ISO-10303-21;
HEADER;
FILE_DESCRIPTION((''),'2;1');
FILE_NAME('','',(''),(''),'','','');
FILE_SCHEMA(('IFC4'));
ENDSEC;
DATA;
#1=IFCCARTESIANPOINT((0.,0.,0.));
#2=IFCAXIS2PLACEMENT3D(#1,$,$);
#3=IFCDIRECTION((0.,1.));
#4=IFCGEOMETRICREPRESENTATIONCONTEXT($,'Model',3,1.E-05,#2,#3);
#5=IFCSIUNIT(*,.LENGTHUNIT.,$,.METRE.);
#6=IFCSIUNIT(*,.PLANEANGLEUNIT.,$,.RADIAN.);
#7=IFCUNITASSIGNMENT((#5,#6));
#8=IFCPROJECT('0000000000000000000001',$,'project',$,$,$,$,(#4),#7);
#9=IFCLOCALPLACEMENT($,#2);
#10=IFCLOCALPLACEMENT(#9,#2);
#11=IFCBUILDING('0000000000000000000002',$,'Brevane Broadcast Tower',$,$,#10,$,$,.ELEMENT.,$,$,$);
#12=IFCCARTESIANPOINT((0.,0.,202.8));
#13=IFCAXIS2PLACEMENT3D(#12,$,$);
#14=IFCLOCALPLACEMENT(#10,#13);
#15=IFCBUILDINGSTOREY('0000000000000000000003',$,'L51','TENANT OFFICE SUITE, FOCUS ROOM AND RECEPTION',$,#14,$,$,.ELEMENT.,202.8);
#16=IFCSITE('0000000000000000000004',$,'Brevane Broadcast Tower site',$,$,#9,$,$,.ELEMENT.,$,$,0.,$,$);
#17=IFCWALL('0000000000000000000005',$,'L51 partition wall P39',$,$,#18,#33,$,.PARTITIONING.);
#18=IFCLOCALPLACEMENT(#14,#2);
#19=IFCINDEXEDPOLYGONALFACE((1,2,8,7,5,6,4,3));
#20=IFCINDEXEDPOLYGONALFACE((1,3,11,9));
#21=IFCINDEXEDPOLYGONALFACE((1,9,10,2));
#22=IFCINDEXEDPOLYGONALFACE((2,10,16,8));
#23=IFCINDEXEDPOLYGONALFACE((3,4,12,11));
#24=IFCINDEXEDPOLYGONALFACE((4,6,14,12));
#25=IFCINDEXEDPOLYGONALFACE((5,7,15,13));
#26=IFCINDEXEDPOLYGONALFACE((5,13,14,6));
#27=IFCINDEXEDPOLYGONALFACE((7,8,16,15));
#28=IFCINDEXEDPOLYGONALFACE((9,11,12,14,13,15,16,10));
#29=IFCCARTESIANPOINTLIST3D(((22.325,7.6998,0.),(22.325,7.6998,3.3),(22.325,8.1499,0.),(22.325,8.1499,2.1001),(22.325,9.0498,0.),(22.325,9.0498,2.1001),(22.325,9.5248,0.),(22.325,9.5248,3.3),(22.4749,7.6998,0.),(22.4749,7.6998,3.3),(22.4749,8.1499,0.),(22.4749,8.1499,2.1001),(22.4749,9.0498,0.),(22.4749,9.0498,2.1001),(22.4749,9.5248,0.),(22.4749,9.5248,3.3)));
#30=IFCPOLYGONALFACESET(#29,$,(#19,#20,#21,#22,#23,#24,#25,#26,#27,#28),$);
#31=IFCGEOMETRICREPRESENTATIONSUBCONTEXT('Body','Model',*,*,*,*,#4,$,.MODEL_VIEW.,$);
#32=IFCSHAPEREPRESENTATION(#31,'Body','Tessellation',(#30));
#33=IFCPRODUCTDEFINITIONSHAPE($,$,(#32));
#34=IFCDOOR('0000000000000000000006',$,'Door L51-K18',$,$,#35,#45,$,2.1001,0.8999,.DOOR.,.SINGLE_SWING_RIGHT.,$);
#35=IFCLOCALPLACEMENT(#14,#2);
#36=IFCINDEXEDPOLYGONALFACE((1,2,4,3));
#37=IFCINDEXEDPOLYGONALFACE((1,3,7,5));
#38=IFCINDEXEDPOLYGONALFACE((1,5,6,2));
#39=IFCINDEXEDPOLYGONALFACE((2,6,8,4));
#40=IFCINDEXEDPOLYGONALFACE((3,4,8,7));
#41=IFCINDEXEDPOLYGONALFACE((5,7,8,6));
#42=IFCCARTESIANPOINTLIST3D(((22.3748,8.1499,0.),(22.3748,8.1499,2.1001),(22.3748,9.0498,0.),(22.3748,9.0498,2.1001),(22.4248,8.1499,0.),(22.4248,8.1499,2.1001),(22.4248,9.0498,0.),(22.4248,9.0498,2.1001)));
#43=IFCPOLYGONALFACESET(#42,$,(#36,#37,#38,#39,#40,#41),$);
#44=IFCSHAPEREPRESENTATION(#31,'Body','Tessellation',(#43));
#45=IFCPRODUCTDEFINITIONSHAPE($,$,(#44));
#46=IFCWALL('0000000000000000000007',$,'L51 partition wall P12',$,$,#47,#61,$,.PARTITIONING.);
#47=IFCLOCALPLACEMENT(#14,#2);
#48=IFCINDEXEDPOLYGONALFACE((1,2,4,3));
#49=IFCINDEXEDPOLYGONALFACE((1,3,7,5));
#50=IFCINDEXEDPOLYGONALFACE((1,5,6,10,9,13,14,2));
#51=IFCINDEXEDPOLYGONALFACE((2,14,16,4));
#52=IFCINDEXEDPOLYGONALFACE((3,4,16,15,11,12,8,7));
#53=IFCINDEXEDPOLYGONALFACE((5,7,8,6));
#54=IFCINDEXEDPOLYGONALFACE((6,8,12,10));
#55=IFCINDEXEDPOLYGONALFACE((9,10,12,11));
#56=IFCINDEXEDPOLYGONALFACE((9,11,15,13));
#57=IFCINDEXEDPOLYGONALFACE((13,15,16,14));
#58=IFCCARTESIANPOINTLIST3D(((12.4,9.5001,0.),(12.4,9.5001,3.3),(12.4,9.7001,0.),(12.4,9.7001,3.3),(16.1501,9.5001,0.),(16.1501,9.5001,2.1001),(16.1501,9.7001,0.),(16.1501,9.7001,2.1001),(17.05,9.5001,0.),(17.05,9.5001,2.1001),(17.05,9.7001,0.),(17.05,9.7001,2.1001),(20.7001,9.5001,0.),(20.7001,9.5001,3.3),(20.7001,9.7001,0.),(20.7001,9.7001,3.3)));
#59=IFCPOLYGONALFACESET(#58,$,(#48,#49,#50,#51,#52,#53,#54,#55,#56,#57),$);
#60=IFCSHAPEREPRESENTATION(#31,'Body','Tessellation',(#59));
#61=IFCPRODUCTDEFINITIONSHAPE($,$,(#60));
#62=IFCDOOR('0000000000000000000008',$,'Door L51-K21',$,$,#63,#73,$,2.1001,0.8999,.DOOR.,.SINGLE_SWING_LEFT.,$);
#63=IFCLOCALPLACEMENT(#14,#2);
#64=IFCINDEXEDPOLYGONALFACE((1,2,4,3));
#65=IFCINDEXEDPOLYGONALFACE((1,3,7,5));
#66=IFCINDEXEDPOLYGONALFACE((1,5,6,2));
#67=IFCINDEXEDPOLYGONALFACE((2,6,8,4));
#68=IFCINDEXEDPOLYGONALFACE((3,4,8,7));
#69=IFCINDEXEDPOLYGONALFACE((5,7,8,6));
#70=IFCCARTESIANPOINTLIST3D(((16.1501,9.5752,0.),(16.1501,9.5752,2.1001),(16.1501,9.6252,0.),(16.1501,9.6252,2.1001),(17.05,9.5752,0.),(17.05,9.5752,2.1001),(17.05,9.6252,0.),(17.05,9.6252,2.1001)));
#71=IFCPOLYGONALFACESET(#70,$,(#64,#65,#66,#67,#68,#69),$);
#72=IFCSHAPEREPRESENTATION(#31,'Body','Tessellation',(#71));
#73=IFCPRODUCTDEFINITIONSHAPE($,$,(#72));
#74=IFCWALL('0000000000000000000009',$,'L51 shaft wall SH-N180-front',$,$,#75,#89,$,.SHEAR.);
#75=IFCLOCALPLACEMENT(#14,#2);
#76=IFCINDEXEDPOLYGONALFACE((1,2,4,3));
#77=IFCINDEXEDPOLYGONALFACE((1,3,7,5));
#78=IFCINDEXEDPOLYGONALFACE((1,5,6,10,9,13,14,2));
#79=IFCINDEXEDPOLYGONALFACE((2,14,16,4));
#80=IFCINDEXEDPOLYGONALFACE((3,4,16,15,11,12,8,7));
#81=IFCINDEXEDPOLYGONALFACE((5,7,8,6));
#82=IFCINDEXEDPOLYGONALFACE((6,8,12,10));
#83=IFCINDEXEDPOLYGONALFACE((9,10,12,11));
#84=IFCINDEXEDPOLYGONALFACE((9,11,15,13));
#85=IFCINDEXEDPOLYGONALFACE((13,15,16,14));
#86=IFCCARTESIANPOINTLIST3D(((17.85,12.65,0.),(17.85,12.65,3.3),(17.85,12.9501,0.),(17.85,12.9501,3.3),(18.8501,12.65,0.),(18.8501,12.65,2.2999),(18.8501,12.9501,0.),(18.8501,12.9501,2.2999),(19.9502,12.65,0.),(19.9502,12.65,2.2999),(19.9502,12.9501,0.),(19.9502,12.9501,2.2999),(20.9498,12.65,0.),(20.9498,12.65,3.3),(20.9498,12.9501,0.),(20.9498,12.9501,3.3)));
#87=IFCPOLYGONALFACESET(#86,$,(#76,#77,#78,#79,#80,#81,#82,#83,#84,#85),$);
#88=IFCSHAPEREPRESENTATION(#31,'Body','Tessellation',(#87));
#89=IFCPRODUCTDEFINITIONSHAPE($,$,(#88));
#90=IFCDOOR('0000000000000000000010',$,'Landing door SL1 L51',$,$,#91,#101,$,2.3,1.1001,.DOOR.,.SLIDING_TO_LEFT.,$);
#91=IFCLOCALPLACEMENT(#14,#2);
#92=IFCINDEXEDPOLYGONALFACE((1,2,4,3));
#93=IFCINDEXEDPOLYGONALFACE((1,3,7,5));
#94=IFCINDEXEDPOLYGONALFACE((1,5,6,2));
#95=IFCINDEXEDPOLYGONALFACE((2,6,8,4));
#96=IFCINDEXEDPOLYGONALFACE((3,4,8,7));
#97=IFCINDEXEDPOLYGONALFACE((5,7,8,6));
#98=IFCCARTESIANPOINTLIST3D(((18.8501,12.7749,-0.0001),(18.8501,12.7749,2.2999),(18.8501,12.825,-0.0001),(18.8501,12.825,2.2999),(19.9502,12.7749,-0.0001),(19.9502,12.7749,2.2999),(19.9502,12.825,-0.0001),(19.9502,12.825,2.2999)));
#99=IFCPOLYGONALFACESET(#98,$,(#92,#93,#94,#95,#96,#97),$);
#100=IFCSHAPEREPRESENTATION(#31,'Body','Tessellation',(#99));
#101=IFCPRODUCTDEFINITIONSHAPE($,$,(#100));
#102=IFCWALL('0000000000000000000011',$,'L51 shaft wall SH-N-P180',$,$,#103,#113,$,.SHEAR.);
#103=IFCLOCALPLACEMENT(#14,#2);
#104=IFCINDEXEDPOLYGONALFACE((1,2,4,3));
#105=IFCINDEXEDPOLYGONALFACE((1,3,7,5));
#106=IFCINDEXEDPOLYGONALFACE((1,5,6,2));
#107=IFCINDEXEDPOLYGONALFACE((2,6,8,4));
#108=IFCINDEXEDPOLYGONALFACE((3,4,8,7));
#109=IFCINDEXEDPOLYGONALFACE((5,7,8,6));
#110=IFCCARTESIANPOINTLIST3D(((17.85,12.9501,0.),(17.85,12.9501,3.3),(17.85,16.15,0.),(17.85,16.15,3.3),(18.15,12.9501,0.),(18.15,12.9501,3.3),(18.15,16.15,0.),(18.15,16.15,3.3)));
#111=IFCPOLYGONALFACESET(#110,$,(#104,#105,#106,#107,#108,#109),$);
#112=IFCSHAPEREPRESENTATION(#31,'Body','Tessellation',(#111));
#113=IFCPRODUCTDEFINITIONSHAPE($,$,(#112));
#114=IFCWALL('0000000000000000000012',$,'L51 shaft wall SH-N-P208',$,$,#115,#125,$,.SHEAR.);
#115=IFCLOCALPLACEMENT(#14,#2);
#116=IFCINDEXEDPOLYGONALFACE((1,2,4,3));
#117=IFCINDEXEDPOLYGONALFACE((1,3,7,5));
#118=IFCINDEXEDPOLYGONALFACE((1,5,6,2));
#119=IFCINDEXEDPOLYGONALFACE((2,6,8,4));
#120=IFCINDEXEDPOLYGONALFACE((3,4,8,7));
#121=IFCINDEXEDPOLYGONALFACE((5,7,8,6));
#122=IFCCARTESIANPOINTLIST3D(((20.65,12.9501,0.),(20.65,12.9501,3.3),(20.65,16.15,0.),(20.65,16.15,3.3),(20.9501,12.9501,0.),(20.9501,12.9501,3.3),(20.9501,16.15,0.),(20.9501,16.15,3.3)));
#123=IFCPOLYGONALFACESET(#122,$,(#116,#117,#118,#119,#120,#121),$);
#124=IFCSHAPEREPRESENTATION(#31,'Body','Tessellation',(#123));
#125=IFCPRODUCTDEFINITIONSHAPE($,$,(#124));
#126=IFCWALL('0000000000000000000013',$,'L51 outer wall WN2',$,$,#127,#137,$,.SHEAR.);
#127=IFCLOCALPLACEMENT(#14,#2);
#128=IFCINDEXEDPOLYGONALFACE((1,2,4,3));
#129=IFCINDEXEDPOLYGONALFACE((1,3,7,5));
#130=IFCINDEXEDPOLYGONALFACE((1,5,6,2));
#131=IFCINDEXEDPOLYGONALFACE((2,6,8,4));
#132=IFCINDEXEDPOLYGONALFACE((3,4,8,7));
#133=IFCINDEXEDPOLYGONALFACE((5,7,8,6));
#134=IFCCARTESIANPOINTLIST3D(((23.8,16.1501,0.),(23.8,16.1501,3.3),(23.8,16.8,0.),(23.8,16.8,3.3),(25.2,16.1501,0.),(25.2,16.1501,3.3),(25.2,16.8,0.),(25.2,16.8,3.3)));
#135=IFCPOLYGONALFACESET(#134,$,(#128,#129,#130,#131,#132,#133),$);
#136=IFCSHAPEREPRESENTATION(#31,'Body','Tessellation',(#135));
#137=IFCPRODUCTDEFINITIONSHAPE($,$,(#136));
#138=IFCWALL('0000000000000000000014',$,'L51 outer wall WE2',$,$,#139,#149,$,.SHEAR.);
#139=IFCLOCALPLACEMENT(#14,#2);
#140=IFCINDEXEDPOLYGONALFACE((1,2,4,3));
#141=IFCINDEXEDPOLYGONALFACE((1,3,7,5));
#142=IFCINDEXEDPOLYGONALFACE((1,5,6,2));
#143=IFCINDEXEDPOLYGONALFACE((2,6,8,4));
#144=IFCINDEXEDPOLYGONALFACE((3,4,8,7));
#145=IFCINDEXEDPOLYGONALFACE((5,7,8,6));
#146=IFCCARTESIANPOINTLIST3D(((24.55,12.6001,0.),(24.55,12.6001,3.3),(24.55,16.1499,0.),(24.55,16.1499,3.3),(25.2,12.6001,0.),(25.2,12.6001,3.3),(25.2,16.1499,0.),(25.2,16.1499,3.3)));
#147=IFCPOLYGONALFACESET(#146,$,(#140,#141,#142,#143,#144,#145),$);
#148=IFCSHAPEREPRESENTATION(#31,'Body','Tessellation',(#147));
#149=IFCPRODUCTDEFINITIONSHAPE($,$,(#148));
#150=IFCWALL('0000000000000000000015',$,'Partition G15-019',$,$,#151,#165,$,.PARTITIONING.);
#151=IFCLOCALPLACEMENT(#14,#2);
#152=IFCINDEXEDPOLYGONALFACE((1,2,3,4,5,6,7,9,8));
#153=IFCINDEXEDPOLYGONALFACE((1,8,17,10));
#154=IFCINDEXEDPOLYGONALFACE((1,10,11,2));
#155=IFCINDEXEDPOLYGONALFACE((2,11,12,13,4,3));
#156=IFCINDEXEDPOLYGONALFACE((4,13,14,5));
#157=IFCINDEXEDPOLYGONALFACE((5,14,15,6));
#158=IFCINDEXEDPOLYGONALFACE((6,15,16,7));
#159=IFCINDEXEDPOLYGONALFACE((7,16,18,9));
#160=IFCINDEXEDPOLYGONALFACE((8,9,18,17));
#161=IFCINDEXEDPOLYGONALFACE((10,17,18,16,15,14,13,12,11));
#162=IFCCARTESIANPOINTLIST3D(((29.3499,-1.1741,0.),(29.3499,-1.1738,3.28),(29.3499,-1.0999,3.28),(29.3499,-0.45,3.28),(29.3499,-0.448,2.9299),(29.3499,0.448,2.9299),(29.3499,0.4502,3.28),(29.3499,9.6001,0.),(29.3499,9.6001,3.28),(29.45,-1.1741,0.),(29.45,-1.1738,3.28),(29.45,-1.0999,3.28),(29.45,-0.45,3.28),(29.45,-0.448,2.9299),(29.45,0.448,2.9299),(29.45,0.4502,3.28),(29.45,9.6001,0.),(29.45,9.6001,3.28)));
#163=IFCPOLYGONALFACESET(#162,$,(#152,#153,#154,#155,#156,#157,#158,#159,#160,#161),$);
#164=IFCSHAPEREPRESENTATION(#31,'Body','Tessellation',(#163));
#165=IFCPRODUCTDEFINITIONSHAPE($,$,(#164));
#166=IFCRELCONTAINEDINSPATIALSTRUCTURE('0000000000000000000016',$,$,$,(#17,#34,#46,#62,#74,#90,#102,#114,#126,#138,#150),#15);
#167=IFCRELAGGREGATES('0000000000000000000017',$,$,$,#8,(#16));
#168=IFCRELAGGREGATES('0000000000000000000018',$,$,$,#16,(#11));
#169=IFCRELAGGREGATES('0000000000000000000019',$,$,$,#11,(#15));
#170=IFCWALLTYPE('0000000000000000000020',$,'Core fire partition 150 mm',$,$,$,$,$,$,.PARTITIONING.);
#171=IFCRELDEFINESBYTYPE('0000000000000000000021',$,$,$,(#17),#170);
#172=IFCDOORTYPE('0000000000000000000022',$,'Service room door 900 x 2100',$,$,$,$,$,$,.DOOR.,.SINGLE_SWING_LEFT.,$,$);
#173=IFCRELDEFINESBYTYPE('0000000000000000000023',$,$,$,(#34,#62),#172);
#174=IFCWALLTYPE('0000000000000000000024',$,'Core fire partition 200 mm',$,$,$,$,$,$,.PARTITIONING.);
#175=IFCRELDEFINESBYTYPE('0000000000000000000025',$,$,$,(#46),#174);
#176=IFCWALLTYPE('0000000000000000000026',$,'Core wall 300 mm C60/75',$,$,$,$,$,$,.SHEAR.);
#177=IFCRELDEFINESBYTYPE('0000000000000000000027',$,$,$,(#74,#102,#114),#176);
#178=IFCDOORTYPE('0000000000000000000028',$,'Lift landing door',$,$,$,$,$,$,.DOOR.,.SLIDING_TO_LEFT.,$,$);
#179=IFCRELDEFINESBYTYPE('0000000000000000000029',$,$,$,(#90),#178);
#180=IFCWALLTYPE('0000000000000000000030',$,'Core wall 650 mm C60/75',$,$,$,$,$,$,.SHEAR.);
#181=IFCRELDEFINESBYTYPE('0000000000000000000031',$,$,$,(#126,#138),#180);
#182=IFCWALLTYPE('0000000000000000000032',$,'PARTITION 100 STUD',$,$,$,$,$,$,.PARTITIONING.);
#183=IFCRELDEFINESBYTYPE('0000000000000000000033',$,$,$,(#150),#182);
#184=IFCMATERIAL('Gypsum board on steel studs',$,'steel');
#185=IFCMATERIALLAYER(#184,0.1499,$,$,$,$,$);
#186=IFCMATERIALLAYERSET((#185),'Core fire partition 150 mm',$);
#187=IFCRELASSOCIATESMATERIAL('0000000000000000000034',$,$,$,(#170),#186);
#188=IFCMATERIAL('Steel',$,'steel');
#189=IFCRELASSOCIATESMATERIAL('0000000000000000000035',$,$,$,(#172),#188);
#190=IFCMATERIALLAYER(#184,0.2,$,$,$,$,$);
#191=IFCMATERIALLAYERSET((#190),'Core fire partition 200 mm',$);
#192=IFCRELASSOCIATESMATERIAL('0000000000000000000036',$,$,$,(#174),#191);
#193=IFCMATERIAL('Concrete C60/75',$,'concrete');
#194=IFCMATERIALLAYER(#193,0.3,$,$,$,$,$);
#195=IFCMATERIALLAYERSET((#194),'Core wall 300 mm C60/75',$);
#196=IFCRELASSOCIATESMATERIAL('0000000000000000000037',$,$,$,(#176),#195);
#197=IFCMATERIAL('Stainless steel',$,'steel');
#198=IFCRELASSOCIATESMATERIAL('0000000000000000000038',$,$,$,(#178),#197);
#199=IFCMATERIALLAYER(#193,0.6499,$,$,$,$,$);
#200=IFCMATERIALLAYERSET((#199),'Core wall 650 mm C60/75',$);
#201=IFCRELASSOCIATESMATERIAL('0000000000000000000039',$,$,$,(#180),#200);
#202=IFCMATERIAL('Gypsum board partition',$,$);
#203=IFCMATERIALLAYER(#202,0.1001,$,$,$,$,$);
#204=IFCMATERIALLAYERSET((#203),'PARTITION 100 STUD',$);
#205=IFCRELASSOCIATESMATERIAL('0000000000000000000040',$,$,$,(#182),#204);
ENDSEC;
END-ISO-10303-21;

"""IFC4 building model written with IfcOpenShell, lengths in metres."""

from ifc_helpers import new_model, si_unit, direction, frame, frame_2d, origin, place, context, subcontext, project, spatial, polyline, rectangle, outline, extrude, material, layer, layer_set, type_object, element, fill, save


model = new_model("IFC4")

# Units and contexts
model_context = context("Model", 3, precision=1e-05, world=origin(), true_north=direction((0.0, 1.0)))
body_context = subcontext(model_context, "Body", "Model", "MODEL_VIEW")
ifc_project = project(units=[si_unit("LENGTHUNIT", "METRE"), si_unit("PLANEANGLEUNIT", "RADIAN")], contexts=[model_context])

# Site, building, storey
site_placement = place(None, origin())
site = spatial("IfcSite", under=ifc_project, at=site_placement, Name="Brevane Broadcast Tower site", CompositionType="ELEMENT", RefElevation=0.0)
building_placement = place(site_placement, origin())
building = spatial("IfcBuilding", under=site, at=building_placement, Name="Brevane Broadcast Tower", CompositionType="ELEMENT")
storey_placement = place(building_placement, frame((0.0, 0.0, 202.8)))
storey = spatial("IfcBuildingStorey", under=building, at=storey_placement, Name="L51", Description="TENANT OFFICE SUITE, FOCUS ROOM AND RECEPTION", CompositionType="ELEMENT", Elevation=202.8)

# Shared definitions
ifc_material_1 = material(Name="Concrete C60/75", Category="concrete")

# Shared definitions
ifc_material_2 = material(Name="Gypsum board on steel studs", Category="steel")
ifc_layer_1 = layer(ifc_material_2, 0.1499)
ifc_layer_set_1 = layer_set([ifc_layer_1], Name="Core fire partition 150 mm")
wall_type_1 = type_object("IfcWallType", Name="Core fire partition 150 mm", PredefinedType="PARTITIONING", material=ifc_layer_set_1)

# Shared definitions
ifc_material_3 = material(Name="Steel", Category="steel")

# Walls, openings, doors
wall_1_placement = place(storey_placement, frame((22.3999, 9.5249, 0.0), z_axis=(0.0, 0.0, 1.0), x_axis=(0.0, -1.0, 0.0)))
wall_1 = element("IfcWall", 1, at=wall_1_placement, inside=storey, type_object=wall_type_1, Name="L51 partition wall P39", PredefinedType="PARTITIONING", context=body_context, shape_type="SweptSolid", body=[
    extrude(rectangle(XDim=1.825, YDim=0.1499, at=frame_2d((0.9126, 0.0))), origin(), (0.0, 0.0, 1.0), 3.3),
])
opening_1_placement = place(wall_1_placement, frame((0.4751, 0.0, 0.0)))
opening_1 = element("IfcOpeningElement", 2, at=opening_1_placement, cuts=wall_1, PredefinedType="OPENING", context=body_context, shape_type="SweptSolid", body=[
    extrude(rectangle(XDim=0.8999, YDim=2.1001, at=frame_2d((0.45, 1.05))), frame((0.0, 0.085, 0.0), z_axis=(0.0, -1.0, 0.0), x_axis=(1.0, 0.0, 0.0)), (0.0, 0.0, 1.0), 0.1699),
])
door_type_1 = type_object("IfcDoorType", Name="Service room door 900 x 2100", OperationType="SINGLE_SWING_LEFT", PredefinedType="DOOR", material=ifc_material_3)
door_1_placement = place(opening_1_placement, origin())
door_1 = element("IfcDoor", 3, at=door_1_placement, inside=storey, type_object=door_type_1, Name="Door L51-K18", OperationType="SINGLE_SWING_RIGHT", OverallHeight=2.1001, OverallWidth=0.8999, PredefinedType="DOOR", context=body_context, shape_type="SweptSolid", body=[
    extrude(rectangle(XDim=0.8999, YDim=2.1001, at=frame_2d((0.45, 1.05))), frame((0.0, 0.0249, 0.0), z_axis=(0.0, -1.0, 0.0), x_axis=(1.0, 0.0, 0.0)), (0.0, 0.0, 1.0), 0.05),
])
fill(opening_1, door_1)
ifc_layer_2 = layer(ifc_material_2, 0.2)
ifc_layer_set_2 = layer_set([ifc_layer_2], Name="Core fire partition 200 mm")
wall_type_2 = type_object("IfcWallType", Name="Core fire partition 200 mm", PredefinedType="PARTITIONING", material=ifc_layer_set_2)
wall_2_placement = place(storey_placement, frame((20.7, 9.6001, 0.0), z_axis=(0.0, 0.0, 1.0), x_axis=(-1.0, 0.0, 0.0)))
wall_2 = element("IfcWall", 4, at=wall_2_placement, inside=storey, type_object=wall_type_2, Name="L51 partition wall P12", PredefinedType="PARTITIONING", context=body_context, shape_type="SweptSolid", body=[
    extrude(rectangle(XDim=8.3, YDim=0.2, at=frame_2d((4.1499, 0.0))), origin(), (0.0, 0.0, 1.0), 3.3),
])
opening_2_placement = place(wall_2_placement, frame((3.6499, 0.0, 0.0)))
opening_2 = element("IfcOpeningElement", 5, at=opening_2_placement, cuts=wall_2, PredefinedType="OPENING", context=body_context, shape_type="SweptSolid", body=[
    extrude(rectangle(XDim=0.8999, YDim=2.1001, at=frame_2d((0.45, 1.05))), frame((0.0, 0.1099, 0.0), z_axis=(0.0, -1.0, 0.0), x_axis=(1.0, 0.0, 0.0)), (0.0, 0.0, 1.0), 0.22),
])
door_2_placement = place(opening_2_placement, origin())
door_2 = element("IfcDoor", 6, at=door_2_placement, inside=storey, type_object=door_type_1, Name="Door L51-K21", OperationType="SINGLE_SWING_LEFT", OverallHeight=2.1001, OverallWidth=0.8999, PredefinedType="DOOR", context=body_context, shape_type="SweptSolid", body=[
    extrude(rectangle(XDim=0.8999, YDim=2.1001, at=frame_2d((0.45, 1.05))), frame((0.0, 0.0249, 0.0), z_axis=(0.0, -1.0, 0.0), x_axis=(1.0, 0.0, 0.0)), (0.0, 0.0, 1.0), 0.05),
])
fill(opening_2, door_2)
ifc_layer_3 = layer(ifc_material_1, 0.3)
ifc_layer_set_3 = layer_set([ifc_layer_3], Name="Core wall 300 mm C60/75")
wall_type_3 = type_object("IfcWallType", Name="Core wall 300 mm C60/75", PredefinedType="SHEAR", material=ifc_layer_set_3)
wall_3_placement = place(storey_placement, frame((17.8501, 12.8, 0.0), z_axis=(0.0, 0.0, 1.0), x_axis=(1.0, 0.0, 0.0)))
wall_3 = element("IfcWall", 7, at=wall_3_placement, inside=storey, type_object=wall_type_3, Name="L51 shaft wall SH-N180-front", PredefinedType="SHEAR", context=body_context, shape_type="SweptSolid", body=[
    extrude(rectangle(XDim=3.0999, YDim=0.3, at=frame_2d((1.5498, 0.0))), origin(), (0.0, 0.0, 1.0), 3.3),
])
opening_3_placement = place(wall_3_placement, frame((1.0, 0.0, 0.0)))
opening_3 = element("IfcOpeningElement", 8, at=opening_3_placement, cuts=wall_3, PredefinedType="OPENING", context=body_context, shape_type="SweptSolid", body=[
    extrude(rectangle(XDim=1.1001, YDim=2.3, at=frame_2d((0.55, 1.1499))), frame((0.0, 0.1599, 0.0), z_axis=(0.0, -1.0, 0.0), x_axis=(1.0, 0.0, 0.0)), (0.0, 0.0, 1.0), 0.3201),
])
ifc_material_4 = material(Name="Stainless steel", Category="steel")
door_type_2 = type_object("IfcDoorType", Name="Lift landing door", OperationType="SLIDING_TO_LEFT", PredefinedType="DOOR", material=ifc_material_4)
door_3_placement = place(opening_3_placement, origin())
door_3 = element("IfcDoor", 9, at=door_3_placement, inside=storey, type_object=door_type_2, Name="Landing door SL1 L51", OperationType="SLIDING_TO_LEFT", OverallHeight=2.3, OverallWidth=1.1001, PredefinedType="DOOR", context=body_context, shape_type="SweptSolid", body=[
    extrude(rectangle(XDim=1.1001, YDim=2.3, at=frame_2d((0.55, 1.1499))), frame((0.0, 0.0249, 0.0), z_axis=(0.0, -1.0, 0.0), x_axis=(1.0, 0.0, 0.0)), (0.0, 0.0, 1.0), 0.05),
])
fill(opening_3, door_3)

# Walls
for number, where, z_axis, x_axis, name in (
    (10, (18.0, 12.95, 0.0), (0.0, 0.0, 1.0), (0.0, 1.0, 0.0), "L51 shaft wall SH-N-P180"),
    (11, (20.8, 12.95, 0.0), (0.0, 0.0, 1.0), (0.0, 1.0, 0.0), "L51 shaft wall SH-N-P208"),
):
    element("IfcWall", number, at=place(storey_placement, frame(where, z_axis=z_axis, x_axis=x_axis)), inside=storey, type_object=wall_type_3, Name=name, PredefinedType="SHEAR", context=body_context, shape_type="SweptSolid", body=[
        extrude(rectangle(XDim=3.2, YDim=0.3, at=frame_2d((1.6001, 0.0))), origin(), (0.0, 0.0, 1.0), 3.3),
    ])
ifc_layer_4 = layer(ifc_material_1, 0.6499)
ifc_layer_set_4 = layer_set([ifc_layer_4], Name="Core wall 650 mm C60/75")
wall_type_4 = type_object("IfcWallType", Name="Core wall 650 mm C60/75", PredefinedType="SHEAR", material=ifc_layer_set_4)
wall_4_placement = place(storey_placement, frame((23.8, 16.4751, 0.0), z_axis=(0.0, 0.0, 1.0), x_axis=(1.0, 0.0, 0.0)))
element("IfcWall", 12, at=wall_4_placement, inside=storey, type_object=wall_type_4, Name="L51 outer wall WN2", PredefinedType="SHEAR", context=body_context, shape_type="SweptSolid", body=[
    extrude(rectangle(XDim=1.3999, YDim=0.6499, at=frame_2d((0.7, 0.0))), origin(), (0.0, 0.0, 1.0), 3.3),
])
wall_5_placement = place(storey_placement, frame((24.875, 12.6001, 0.0), z_axis=(0.0, 0.0, 1.0), x_axis=(0.0, 1.0, 0.0)))
element("IfcWall", 13, at=wall_5_placement, inside=storey, type_object=wall_type_4, Name="L51 outer wall WE2", PredefinedType="SHEAR", context=body_context, shape_type="SweptSolid", body=[
    extrude(rectangle(XDim=3.5498, YDim=0.6499, at=frame_2d((1.7749, 0.0))), origin(), (0.0, 0.0, 1.0), 3.3),
])
ifc_material_5 = material(Name="Gypsum board partition")
ifc_layer_5 = layer(ifc_material_5, 0.1001)
ifc_layer_set_5 = layer_set([ifc_layer_5], Name="PARTITION 100 STUD")
wall_type_5 = type_object("IfcWallType", Name="PARTITION 100 STUD", PredefinedType="PARTITIONING", material=ifc_layer_set_5)
wall_6_placement = place(storey_placement, frame((29.3999, 9.6001, 0.0), z_axis=(0.0, 0.0, 1.0), x_axis=(0.0, -1.0, 0.0)))
element("IfcWall", 14, at=wall_6_placement, inside=storey, type_object=wall_type_5, Name="Partition G15-019", PredefinedType="PARTITIONING", context=body_context, shape_type="SweptSolid", body=[
    extrude(outline(polyline([(0.0, 0.0), (10.7742, 0.0), (10.7739, 3.28), (10.7, 3.28), (10.05, 3.28), (10.0481, 2.9299), (9.1521, 2.9299), (9.1499, 3.28), (0.0, 3.28), (0.0, 0.0)])), frame((0.0, 0.05, 0.0), z_axis=(0.0, -1.0, 0.0), x_axis=(1.0, 0.0, 0.0)), (0.0, 0.0, 1.0), 0.1001),
])

save(model, "model.ifc")
